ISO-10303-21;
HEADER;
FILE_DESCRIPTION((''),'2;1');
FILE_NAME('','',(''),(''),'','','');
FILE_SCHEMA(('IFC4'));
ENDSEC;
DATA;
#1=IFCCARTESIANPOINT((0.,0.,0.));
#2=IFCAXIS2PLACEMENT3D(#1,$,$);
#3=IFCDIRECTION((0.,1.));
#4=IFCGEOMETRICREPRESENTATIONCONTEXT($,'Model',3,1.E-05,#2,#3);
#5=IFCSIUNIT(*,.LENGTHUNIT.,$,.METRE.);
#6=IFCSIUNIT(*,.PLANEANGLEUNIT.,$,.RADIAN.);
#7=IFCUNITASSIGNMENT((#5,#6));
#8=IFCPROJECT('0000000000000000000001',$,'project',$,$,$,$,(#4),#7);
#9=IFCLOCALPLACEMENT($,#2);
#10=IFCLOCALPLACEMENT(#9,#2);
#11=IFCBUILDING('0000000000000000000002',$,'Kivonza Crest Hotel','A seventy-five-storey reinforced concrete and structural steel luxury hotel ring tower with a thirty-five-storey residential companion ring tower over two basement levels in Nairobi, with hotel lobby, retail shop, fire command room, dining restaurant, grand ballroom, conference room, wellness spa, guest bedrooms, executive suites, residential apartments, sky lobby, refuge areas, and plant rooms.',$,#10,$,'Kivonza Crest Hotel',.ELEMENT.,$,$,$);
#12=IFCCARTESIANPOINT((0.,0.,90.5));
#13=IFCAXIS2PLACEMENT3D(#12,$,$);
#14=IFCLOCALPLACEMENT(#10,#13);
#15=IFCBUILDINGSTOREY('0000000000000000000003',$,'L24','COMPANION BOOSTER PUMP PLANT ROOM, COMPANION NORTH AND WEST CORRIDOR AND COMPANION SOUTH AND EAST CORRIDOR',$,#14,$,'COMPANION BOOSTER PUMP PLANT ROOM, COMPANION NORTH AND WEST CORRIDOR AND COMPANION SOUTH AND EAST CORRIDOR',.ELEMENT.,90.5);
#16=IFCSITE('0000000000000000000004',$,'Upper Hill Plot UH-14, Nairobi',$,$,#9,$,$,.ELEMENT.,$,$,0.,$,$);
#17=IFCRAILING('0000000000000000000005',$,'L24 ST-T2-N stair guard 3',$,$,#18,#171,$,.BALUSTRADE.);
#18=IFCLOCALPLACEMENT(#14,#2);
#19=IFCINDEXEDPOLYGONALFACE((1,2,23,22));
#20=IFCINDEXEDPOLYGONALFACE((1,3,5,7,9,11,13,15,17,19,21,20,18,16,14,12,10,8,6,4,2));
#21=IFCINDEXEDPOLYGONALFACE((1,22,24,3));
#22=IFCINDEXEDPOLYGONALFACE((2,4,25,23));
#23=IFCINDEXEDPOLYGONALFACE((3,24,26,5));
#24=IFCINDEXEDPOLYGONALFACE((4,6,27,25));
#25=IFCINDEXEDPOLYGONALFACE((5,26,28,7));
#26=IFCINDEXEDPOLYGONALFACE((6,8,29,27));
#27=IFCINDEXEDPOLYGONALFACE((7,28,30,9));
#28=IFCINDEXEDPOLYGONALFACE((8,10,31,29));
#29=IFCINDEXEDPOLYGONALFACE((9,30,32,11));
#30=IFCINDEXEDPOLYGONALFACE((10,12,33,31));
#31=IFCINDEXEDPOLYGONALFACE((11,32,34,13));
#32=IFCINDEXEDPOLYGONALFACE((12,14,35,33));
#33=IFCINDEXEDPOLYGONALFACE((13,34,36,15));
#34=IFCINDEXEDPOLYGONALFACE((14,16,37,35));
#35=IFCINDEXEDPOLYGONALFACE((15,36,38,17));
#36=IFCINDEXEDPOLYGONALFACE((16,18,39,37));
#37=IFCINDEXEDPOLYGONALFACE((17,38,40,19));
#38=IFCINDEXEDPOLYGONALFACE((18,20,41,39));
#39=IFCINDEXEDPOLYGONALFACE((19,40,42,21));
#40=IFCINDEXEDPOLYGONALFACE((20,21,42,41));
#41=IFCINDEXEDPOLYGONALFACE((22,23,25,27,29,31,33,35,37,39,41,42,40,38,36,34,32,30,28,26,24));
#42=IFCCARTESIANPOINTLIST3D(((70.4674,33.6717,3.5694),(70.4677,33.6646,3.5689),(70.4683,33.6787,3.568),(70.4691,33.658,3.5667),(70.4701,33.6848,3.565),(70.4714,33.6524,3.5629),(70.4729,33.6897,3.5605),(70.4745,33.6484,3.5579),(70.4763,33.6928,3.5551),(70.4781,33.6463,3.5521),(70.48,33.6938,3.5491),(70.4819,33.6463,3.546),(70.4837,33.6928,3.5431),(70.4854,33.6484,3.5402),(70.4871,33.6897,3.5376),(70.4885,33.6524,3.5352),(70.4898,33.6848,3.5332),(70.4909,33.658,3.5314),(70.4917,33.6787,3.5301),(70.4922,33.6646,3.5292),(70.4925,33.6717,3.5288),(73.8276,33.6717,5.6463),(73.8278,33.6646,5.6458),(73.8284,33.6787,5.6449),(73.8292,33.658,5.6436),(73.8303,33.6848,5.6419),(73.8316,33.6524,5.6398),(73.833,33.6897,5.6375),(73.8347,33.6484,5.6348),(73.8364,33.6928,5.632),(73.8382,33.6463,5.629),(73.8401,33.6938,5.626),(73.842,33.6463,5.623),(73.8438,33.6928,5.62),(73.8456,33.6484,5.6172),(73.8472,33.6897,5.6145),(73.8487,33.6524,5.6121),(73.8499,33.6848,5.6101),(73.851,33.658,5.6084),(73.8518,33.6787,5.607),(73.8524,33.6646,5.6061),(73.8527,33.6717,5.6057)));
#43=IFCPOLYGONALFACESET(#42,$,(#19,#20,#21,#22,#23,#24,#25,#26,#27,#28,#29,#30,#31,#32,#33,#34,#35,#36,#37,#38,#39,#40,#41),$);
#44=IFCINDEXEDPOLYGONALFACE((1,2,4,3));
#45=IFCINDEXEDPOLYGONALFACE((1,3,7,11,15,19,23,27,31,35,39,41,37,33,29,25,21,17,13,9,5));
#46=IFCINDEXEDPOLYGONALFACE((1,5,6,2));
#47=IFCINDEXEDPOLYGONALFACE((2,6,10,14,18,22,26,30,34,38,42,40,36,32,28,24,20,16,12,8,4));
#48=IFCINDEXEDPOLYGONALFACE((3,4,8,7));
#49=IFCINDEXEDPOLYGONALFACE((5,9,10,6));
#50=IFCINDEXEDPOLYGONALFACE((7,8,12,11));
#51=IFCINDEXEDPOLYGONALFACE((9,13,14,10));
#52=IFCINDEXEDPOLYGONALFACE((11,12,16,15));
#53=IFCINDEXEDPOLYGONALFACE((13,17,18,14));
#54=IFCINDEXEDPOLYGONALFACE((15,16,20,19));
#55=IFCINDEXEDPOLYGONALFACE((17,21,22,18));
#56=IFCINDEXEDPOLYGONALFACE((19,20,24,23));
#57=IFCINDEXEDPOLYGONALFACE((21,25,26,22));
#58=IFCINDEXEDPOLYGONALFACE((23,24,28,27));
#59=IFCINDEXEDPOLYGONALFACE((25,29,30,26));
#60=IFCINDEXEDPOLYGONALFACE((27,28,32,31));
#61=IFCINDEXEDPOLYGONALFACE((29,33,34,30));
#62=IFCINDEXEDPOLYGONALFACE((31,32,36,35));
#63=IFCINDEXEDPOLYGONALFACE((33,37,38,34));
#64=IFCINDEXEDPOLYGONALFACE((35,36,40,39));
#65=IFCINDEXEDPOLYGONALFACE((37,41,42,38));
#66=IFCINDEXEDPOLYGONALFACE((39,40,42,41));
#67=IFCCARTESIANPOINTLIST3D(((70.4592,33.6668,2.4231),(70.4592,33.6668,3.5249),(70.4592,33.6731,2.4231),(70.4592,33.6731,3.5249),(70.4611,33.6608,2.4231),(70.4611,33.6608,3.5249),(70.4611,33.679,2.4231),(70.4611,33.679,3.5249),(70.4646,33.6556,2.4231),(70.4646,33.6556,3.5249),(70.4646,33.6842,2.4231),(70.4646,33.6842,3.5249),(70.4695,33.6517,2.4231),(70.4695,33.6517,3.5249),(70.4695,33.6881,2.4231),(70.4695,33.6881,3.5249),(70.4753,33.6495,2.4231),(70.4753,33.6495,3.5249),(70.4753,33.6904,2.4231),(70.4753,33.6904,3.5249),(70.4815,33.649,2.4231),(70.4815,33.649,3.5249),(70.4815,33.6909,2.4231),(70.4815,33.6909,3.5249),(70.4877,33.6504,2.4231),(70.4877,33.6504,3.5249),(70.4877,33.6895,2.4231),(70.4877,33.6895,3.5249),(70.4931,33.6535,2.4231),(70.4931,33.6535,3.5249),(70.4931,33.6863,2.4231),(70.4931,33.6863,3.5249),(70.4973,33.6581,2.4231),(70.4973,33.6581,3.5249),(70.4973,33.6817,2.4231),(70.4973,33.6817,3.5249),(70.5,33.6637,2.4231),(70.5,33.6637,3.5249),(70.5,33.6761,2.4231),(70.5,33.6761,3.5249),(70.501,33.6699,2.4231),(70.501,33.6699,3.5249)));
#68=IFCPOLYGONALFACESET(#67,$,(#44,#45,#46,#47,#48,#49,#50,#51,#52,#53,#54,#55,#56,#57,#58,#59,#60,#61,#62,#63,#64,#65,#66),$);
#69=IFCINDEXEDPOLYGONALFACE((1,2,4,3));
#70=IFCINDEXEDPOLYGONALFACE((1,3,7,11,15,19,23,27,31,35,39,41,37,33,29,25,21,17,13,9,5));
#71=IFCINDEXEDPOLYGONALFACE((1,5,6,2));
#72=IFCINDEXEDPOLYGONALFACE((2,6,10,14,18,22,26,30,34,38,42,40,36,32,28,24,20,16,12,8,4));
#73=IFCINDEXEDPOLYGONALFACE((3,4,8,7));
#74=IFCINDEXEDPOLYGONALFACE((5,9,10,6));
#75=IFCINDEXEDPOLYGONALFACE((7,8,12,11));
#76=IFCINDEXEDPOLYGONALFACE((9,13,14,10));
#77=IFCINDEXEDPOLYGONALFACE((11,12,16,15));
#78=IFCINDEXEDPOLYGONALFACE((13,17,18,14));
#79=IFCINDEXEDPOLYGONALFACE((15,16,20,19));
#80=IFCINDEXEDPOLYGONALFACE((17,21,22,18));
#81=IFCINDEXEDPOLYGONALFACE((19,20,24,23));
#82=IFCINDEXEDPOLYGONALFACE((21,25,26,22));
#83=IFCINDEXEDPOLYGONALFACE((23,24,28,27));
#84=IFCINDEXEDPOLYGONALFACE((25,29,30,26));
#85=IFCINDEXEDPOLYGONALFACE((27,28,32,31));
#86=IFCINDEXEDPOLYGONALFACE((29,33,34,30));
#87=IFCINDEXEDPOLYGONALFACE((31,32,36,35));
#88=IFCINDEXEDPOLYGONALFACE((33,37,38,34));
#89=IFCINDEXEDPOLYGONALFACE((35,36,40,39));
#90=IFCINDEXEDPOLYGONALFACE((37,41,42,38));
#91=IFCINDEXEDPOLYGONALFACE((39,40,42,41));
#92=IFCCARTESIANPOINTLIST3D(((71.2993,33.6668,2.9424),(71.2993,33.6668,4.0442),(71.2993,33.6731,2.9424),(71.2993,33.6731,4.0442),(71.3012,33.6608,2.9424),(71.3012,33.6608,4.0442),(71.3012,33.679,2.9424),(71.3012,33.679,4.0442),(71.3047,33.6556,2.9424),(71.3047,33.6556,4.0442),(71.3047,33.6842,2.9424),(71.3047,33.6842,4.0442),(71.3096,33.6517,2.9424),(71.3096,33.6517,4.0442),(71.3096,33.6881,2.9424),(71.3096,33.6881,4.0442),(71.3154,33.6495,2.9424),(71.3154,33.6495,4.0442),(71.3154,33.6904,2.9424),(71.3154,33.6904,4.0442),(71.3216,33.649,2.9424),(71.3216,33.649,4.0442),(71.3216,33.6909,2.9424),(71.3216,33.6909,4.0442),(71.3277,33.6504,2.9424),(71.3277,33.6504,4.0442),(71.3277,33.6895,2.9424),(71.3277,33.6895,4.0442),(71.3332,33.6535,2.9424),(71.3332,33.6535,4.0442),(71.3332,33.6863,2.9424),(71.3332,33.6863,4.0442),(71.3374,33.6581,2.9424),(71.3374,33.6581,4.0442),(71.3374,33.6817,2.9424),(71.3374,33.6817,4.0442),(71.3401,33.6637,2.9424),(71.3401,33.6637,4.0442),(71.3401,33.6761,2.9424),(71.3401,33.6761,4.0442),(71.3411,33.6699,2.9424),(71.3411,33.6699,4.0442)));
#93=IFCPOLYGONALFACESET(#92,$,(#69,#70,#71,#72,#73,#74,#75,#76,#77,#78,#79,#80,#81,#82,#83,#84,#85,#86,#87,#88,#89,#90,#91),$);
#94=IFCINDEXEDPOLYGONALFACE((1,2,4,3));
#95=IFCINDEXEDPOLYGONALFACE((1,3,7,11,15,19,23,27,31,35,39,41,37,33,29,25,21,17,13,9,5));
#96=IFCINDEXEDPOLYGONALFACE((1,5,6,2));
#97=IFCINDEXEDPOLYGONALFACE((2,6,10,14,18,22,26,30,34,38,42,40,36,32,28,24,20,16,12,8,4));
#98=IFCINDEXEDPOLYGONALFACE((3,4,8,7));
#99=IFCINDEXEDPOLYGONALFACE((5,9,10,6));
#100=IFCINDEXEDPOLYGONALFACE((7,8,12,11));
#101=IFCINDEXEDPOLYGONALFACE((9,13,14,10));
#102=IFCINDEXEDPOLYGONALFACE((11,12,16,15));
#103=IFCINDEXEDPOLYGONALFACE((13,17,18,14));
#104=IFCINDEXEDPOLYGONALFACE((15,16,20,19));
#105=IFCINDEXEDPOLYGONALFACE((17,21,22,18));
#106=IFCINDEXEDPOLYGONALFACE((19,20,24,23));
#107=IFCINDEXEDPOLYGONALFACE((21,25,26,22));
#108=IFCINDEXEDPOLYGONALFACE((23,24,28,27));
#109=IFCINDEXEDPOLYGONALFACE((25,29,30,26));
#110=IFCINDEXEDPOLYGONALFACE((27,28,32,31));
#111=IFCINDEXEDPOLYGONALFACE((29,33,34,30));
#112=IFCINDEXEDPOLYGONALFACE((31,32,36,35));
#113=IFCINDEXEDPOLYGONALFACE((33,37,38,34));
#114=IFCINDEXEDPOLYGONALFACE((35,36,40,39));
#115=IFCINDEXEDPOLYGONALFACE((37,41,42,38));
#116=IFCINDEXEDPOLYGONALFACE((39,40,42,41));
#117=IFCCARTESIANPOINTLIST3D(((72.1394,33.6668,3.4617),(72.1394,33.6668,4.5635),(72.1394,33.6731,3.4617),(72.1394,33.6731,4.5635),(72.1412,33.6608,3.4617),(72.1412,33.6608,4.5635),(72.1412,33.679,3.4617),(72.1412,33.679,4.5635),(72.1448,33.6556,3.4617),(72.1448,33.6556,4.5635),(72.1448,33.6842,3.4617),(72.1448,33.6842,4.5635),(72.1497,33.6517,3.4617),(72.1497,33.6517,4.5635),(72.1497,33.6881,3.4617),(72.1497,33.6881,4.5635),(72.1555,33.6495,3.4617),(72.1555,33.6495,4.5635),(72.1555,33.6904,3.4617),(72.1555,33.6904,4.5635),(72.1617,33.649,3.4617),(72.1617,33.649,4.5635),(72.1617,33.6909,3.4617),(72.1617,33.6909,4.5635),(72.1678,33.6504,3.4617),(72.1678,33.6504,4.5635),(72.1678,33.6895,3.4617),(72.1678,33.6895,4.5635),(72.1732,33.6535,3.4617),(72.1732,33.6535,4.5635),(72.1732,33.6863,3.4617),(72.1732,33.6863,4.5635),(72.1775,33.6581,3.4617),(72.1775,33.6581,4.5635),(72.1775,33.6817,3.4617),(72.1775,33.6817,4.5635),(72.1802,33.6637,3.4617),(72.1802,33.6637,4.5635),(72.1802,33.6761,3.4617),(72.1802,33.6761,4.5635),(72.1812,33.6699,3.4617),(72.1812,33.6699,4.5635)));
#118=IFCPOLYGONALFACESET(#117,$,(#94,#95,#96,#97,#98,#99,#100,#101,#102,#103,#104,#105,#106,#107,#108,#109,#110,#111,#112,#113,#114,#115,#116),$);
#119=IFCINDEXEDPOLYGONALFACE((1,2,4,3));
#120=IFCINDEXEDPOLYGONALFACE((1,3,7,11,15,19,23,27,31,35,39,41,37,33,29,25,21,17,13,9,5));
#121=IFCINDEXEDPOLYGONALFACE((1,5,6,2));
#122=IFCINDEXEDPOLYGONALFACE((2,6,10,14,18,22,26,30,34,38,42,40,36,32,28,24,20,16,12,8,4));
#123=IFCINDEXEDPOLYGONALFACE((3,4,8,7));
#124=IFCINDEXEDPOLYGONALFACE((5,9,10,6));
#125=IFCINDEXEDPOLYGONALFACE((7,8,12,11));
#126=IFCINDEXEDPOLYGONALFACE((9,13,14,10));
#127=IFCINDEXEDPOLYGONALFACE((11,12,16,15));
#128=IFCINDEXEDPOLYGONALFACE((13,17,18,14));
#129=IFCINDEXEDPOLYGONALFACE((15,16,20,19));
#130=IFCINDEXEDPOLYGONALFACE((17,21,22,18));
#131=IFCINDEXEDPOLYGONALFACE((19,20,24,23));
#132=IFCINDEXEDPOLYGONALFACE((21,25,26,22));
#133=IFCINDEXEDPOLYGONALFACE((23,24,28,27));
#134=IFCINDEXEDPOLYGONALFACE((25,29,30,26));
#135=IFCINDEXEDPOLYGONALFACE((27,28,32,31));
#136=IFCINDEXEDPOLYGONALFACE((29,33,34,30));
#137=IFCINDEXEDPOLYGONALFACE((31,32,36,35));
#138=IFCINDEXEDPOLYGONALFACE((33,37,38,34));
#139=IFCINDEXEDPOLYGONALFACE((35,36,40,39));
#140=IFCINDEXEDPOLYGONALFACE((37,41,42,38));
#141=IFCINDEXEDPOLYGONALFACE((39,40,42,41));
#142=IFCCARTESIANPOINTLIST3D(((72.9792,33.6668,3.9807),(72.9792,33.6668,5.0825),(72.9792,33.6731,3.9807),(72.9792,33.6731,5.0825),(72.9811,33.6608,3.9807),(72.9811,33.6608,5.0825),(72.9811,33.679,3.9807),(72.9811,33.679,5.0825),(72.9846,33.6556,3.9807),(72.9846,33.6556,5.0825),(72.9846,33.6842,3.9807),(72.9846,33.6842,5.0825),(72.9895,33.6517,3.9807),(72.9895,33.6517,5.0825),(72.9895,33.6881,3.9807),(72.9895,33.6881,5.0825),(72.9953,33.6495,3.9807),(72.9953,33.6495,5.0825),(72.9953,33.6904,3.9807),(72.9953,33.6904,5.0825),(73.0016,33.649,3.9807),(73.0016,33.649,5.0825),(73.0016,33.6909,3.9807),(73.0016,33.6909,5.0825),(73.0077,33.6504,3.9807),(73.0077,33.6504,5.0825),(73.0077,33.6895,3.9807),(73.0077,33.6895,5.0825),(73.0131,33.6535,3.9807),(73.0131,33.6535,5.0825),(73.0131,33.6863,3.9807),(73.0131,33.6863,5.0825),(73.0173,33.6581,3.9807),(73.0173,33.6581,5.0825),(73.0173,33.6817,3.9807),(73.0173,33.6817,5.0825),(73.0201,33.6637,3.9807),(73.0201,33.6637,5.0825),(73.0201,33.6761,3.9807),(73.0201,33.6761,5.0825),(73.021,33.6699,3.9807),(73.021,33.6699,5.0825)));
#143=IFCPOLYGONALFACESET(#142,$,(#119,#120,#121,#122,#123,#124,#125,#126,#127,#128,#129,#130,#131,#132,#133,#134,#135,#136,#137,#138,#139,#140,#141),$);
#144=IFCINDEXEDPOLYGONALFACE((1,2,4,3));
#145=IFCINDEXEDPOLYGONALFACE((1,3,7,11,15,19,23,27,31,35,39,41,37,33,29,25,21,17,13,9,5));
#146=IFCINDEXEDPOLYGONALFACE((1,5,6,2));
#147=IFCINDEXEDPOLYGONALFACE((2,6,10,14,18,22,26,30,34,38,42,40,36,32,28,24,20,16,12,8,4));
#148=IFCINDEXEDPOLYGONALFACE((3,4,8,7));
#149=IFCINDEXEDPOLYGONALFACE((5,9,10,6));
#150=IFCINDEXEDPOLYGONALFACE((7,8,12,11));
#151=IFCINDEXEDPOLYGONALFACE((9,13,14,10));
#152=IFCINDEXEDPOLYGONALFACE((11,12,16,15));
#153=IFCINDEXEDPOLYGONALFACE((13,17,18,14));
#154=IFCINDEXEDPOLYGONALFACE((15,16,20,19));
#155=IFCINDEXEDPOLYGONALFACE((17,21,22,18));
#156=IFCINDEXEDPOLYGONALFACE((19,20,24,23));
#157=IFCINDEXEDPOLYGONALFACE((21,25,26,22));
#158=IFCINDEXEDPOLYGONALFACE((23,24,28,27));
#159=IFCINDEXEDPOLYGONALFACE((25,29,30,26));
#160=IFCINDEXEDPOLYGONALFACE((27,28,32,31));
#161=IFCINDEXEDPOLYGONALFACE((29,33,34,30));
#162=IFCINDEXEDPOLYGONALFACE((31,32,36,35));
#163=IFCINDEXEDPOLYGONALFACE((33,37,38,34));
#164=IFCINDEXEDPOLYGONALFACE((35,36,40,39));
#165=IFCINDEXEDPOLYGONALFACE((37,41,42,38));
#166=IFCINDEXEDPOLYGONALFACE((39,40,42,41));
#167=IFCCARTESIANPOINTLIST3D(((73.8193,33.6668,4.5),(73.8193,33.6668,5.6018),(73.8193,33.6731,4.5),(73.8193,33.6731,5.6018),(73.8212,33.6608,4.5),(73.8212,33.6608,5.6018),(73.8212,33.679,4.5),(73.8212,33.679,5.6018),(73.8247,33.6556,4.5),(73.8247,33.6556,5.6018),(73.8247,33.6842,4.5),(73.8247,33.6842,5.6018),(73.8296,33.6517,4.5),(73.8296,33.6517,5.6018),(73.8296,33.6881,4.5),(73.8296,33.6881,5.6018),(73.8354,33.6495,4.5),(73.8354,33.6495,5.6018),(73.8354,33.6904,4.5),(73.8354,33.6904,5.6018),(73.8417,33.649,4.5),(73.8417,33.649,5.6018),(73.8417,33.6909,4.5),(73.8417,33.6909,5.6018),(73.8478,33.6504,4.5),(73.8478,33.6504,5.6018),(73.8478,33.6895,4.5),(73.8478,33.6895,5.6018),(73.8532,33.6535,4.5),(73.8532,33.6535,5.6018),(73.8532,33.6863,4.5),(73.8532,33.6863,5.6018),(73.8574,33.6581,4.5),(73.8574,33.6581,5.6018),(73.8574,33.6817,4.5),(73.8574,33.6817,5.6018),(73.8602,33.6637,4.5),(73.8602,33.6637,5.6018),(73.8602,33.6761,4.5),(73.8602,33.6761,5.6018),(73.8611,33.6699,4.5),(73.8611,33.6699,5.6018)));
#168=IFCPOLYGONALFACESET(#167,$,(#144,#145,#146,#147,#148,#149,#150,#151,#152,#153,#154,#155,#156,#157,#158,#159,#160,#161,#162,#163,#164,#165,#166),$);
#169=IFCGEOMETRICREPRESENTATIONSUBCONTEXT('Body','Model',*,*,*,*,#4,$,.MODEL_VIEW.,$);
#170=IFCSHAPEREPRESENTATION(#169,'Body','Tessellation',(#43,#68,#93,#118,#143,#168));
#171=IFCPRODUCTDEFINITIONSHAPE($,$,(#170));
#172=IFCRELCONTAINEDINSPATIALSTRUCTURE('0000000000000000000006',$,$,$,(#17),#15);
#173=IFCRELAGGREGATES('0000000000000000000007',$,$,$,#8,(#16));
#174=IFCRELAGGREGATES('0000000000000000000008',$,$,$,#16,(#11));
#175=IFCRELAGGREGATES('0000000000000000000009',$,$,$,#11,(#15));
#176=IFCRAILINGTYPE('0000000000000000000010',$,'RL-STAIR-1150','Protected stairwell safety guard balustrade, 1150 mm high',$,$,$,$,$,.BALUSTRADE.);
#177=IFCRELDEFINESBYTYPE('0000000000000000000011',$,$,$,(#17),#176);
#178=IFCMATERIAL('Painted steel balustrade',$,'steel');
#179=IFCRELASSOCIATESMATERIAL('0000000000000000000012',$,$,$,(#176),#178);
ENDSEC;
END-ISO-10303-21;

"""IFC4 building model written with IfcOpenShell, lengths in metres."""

from ifc_helpers import new_model, si_unit, direction, frame, origin, origin_2d, place, context, subcontext, project, spatial, circle, extrude, material, type_object, element, save


model = new_model("IFC4")

# Units and contexts
model_context = context("Model", 3, precision=1e-05, world=origin(), true_north=direction((0.0, 1.0)))
body_context = subcontext(model_context, "Body", "Model", "MODEL_VIEW")
ifc_project = project(units=[si_unit("LENGTHUNIT", "METRE"), si_unit("PLANEANGLEUNIT", "RADIAN")], contexts=[model_context])

# Site, building, storey
site_placement = place(None, origin())
site = spatial("IfcSite", under=ifc_project, at=site_placement, Name="Upper Hill Plot UH-14, Nairobi", CompositionType="ELEMENT", RefElevation=0.0)
building_placement = place(site_placement, origin())
building = spatial("IfcBuilding", under=site, at=building_placement, Name="Kivonza Crest Hotel", Description="A seventy-five-storey reinforced concrete and structural steel luxury hotel ring tower with a thirty-five-storey residential companion ring tower over two basement levels in Nairobi, with hotel lobby, retail shop, fire command room, dining restaurant, grand ballroom, conference room, wellness spa, guest bedrooms, executive suites, residential apartments, sky lobby, refuge areas, and plant rooms.", LongName="Kivonza Crest Hotel", CompositionType="ELEMENT")
storey_placement = place(building_placement, frame((0.0, 0.0, 90.5)))
storey = spatial("IfcBuildingStorey", under=building, at=storey_placement, Name="L24", Description="COMPANION BOOSTER PUMP PLANT ROOM, COMPANION NORTH AND WEST CORRIDOR AND COMPANION SOUTH AND EAST CORRIDOR", LongName="COMPANION BOOSTER PUMP PLANT ROOM, COMPANION NORTH AND WEST CORRIDOR AND COMPANION SOUTH AND EAST CORRIDOR", CompositionType="ELEMENT", Elevation=90.5)

# Railing
ifc_material_1 = material(Name="Painted steel balustrade", Category="steel")
railing_type_1 = type_object("IfcRailingType", Name="RL-STAIR-1150", Description="Protected stairwell safety guard balustrade, 1150 mm high", PredefinedType="BALUSTRADE", material=ifc_material_1)
railing_1_placement = place(storey_placement, frame((70.48, 33.6699, 2.4231)))
element("IfcRailing", 1, at=railing_1_placement, inside=storey, type_object=railing_type_1, Name="L24 ST-T2-N stair guard 3", PredefinedType="BALUSTRADE", context=body_context, shape_type="SweptSolid", body=[
    extrude(circle(Radius=0.0239, at=origin_2d()), frame((0.0, 0.0, 1.126), z_axis=(0.850623, 0.0, 0.525776), x_axis=(0.0, 1.0, 0.0)), (0.0, 0.0, 1.0), 3.9502),
    extrude(circle(Radius=0.021, at=origin_2d()), origin(), (0.0, 0.0, 1.0), 1.1018),
    extrude(circle(Radius=0.021, at=origin_2d()), frame((0.8401, 0.0, 0.5193)), (0.0, 0.0, 1.0), 1.1018),
    extrude(circle(Radius=0.021, at=origin_2d()), frame((1.6802, 0.0, 1.0386)), (0.0, 0.0, 1.0), 1.1018),
    extrude(circle(Radius=0.021, at=origin_2d()), frame((2.52, 0.0, 1.5576)), (0.0, 0.0, 1.0), 1.1018),
    extrude(circle(Radius=0.021, at=origin_2d()), frame((3.3601, 0.0, 2.0769)), (0.0, 0.0, 1.0), 1.1018),
])

save(model, "model.ifc")
